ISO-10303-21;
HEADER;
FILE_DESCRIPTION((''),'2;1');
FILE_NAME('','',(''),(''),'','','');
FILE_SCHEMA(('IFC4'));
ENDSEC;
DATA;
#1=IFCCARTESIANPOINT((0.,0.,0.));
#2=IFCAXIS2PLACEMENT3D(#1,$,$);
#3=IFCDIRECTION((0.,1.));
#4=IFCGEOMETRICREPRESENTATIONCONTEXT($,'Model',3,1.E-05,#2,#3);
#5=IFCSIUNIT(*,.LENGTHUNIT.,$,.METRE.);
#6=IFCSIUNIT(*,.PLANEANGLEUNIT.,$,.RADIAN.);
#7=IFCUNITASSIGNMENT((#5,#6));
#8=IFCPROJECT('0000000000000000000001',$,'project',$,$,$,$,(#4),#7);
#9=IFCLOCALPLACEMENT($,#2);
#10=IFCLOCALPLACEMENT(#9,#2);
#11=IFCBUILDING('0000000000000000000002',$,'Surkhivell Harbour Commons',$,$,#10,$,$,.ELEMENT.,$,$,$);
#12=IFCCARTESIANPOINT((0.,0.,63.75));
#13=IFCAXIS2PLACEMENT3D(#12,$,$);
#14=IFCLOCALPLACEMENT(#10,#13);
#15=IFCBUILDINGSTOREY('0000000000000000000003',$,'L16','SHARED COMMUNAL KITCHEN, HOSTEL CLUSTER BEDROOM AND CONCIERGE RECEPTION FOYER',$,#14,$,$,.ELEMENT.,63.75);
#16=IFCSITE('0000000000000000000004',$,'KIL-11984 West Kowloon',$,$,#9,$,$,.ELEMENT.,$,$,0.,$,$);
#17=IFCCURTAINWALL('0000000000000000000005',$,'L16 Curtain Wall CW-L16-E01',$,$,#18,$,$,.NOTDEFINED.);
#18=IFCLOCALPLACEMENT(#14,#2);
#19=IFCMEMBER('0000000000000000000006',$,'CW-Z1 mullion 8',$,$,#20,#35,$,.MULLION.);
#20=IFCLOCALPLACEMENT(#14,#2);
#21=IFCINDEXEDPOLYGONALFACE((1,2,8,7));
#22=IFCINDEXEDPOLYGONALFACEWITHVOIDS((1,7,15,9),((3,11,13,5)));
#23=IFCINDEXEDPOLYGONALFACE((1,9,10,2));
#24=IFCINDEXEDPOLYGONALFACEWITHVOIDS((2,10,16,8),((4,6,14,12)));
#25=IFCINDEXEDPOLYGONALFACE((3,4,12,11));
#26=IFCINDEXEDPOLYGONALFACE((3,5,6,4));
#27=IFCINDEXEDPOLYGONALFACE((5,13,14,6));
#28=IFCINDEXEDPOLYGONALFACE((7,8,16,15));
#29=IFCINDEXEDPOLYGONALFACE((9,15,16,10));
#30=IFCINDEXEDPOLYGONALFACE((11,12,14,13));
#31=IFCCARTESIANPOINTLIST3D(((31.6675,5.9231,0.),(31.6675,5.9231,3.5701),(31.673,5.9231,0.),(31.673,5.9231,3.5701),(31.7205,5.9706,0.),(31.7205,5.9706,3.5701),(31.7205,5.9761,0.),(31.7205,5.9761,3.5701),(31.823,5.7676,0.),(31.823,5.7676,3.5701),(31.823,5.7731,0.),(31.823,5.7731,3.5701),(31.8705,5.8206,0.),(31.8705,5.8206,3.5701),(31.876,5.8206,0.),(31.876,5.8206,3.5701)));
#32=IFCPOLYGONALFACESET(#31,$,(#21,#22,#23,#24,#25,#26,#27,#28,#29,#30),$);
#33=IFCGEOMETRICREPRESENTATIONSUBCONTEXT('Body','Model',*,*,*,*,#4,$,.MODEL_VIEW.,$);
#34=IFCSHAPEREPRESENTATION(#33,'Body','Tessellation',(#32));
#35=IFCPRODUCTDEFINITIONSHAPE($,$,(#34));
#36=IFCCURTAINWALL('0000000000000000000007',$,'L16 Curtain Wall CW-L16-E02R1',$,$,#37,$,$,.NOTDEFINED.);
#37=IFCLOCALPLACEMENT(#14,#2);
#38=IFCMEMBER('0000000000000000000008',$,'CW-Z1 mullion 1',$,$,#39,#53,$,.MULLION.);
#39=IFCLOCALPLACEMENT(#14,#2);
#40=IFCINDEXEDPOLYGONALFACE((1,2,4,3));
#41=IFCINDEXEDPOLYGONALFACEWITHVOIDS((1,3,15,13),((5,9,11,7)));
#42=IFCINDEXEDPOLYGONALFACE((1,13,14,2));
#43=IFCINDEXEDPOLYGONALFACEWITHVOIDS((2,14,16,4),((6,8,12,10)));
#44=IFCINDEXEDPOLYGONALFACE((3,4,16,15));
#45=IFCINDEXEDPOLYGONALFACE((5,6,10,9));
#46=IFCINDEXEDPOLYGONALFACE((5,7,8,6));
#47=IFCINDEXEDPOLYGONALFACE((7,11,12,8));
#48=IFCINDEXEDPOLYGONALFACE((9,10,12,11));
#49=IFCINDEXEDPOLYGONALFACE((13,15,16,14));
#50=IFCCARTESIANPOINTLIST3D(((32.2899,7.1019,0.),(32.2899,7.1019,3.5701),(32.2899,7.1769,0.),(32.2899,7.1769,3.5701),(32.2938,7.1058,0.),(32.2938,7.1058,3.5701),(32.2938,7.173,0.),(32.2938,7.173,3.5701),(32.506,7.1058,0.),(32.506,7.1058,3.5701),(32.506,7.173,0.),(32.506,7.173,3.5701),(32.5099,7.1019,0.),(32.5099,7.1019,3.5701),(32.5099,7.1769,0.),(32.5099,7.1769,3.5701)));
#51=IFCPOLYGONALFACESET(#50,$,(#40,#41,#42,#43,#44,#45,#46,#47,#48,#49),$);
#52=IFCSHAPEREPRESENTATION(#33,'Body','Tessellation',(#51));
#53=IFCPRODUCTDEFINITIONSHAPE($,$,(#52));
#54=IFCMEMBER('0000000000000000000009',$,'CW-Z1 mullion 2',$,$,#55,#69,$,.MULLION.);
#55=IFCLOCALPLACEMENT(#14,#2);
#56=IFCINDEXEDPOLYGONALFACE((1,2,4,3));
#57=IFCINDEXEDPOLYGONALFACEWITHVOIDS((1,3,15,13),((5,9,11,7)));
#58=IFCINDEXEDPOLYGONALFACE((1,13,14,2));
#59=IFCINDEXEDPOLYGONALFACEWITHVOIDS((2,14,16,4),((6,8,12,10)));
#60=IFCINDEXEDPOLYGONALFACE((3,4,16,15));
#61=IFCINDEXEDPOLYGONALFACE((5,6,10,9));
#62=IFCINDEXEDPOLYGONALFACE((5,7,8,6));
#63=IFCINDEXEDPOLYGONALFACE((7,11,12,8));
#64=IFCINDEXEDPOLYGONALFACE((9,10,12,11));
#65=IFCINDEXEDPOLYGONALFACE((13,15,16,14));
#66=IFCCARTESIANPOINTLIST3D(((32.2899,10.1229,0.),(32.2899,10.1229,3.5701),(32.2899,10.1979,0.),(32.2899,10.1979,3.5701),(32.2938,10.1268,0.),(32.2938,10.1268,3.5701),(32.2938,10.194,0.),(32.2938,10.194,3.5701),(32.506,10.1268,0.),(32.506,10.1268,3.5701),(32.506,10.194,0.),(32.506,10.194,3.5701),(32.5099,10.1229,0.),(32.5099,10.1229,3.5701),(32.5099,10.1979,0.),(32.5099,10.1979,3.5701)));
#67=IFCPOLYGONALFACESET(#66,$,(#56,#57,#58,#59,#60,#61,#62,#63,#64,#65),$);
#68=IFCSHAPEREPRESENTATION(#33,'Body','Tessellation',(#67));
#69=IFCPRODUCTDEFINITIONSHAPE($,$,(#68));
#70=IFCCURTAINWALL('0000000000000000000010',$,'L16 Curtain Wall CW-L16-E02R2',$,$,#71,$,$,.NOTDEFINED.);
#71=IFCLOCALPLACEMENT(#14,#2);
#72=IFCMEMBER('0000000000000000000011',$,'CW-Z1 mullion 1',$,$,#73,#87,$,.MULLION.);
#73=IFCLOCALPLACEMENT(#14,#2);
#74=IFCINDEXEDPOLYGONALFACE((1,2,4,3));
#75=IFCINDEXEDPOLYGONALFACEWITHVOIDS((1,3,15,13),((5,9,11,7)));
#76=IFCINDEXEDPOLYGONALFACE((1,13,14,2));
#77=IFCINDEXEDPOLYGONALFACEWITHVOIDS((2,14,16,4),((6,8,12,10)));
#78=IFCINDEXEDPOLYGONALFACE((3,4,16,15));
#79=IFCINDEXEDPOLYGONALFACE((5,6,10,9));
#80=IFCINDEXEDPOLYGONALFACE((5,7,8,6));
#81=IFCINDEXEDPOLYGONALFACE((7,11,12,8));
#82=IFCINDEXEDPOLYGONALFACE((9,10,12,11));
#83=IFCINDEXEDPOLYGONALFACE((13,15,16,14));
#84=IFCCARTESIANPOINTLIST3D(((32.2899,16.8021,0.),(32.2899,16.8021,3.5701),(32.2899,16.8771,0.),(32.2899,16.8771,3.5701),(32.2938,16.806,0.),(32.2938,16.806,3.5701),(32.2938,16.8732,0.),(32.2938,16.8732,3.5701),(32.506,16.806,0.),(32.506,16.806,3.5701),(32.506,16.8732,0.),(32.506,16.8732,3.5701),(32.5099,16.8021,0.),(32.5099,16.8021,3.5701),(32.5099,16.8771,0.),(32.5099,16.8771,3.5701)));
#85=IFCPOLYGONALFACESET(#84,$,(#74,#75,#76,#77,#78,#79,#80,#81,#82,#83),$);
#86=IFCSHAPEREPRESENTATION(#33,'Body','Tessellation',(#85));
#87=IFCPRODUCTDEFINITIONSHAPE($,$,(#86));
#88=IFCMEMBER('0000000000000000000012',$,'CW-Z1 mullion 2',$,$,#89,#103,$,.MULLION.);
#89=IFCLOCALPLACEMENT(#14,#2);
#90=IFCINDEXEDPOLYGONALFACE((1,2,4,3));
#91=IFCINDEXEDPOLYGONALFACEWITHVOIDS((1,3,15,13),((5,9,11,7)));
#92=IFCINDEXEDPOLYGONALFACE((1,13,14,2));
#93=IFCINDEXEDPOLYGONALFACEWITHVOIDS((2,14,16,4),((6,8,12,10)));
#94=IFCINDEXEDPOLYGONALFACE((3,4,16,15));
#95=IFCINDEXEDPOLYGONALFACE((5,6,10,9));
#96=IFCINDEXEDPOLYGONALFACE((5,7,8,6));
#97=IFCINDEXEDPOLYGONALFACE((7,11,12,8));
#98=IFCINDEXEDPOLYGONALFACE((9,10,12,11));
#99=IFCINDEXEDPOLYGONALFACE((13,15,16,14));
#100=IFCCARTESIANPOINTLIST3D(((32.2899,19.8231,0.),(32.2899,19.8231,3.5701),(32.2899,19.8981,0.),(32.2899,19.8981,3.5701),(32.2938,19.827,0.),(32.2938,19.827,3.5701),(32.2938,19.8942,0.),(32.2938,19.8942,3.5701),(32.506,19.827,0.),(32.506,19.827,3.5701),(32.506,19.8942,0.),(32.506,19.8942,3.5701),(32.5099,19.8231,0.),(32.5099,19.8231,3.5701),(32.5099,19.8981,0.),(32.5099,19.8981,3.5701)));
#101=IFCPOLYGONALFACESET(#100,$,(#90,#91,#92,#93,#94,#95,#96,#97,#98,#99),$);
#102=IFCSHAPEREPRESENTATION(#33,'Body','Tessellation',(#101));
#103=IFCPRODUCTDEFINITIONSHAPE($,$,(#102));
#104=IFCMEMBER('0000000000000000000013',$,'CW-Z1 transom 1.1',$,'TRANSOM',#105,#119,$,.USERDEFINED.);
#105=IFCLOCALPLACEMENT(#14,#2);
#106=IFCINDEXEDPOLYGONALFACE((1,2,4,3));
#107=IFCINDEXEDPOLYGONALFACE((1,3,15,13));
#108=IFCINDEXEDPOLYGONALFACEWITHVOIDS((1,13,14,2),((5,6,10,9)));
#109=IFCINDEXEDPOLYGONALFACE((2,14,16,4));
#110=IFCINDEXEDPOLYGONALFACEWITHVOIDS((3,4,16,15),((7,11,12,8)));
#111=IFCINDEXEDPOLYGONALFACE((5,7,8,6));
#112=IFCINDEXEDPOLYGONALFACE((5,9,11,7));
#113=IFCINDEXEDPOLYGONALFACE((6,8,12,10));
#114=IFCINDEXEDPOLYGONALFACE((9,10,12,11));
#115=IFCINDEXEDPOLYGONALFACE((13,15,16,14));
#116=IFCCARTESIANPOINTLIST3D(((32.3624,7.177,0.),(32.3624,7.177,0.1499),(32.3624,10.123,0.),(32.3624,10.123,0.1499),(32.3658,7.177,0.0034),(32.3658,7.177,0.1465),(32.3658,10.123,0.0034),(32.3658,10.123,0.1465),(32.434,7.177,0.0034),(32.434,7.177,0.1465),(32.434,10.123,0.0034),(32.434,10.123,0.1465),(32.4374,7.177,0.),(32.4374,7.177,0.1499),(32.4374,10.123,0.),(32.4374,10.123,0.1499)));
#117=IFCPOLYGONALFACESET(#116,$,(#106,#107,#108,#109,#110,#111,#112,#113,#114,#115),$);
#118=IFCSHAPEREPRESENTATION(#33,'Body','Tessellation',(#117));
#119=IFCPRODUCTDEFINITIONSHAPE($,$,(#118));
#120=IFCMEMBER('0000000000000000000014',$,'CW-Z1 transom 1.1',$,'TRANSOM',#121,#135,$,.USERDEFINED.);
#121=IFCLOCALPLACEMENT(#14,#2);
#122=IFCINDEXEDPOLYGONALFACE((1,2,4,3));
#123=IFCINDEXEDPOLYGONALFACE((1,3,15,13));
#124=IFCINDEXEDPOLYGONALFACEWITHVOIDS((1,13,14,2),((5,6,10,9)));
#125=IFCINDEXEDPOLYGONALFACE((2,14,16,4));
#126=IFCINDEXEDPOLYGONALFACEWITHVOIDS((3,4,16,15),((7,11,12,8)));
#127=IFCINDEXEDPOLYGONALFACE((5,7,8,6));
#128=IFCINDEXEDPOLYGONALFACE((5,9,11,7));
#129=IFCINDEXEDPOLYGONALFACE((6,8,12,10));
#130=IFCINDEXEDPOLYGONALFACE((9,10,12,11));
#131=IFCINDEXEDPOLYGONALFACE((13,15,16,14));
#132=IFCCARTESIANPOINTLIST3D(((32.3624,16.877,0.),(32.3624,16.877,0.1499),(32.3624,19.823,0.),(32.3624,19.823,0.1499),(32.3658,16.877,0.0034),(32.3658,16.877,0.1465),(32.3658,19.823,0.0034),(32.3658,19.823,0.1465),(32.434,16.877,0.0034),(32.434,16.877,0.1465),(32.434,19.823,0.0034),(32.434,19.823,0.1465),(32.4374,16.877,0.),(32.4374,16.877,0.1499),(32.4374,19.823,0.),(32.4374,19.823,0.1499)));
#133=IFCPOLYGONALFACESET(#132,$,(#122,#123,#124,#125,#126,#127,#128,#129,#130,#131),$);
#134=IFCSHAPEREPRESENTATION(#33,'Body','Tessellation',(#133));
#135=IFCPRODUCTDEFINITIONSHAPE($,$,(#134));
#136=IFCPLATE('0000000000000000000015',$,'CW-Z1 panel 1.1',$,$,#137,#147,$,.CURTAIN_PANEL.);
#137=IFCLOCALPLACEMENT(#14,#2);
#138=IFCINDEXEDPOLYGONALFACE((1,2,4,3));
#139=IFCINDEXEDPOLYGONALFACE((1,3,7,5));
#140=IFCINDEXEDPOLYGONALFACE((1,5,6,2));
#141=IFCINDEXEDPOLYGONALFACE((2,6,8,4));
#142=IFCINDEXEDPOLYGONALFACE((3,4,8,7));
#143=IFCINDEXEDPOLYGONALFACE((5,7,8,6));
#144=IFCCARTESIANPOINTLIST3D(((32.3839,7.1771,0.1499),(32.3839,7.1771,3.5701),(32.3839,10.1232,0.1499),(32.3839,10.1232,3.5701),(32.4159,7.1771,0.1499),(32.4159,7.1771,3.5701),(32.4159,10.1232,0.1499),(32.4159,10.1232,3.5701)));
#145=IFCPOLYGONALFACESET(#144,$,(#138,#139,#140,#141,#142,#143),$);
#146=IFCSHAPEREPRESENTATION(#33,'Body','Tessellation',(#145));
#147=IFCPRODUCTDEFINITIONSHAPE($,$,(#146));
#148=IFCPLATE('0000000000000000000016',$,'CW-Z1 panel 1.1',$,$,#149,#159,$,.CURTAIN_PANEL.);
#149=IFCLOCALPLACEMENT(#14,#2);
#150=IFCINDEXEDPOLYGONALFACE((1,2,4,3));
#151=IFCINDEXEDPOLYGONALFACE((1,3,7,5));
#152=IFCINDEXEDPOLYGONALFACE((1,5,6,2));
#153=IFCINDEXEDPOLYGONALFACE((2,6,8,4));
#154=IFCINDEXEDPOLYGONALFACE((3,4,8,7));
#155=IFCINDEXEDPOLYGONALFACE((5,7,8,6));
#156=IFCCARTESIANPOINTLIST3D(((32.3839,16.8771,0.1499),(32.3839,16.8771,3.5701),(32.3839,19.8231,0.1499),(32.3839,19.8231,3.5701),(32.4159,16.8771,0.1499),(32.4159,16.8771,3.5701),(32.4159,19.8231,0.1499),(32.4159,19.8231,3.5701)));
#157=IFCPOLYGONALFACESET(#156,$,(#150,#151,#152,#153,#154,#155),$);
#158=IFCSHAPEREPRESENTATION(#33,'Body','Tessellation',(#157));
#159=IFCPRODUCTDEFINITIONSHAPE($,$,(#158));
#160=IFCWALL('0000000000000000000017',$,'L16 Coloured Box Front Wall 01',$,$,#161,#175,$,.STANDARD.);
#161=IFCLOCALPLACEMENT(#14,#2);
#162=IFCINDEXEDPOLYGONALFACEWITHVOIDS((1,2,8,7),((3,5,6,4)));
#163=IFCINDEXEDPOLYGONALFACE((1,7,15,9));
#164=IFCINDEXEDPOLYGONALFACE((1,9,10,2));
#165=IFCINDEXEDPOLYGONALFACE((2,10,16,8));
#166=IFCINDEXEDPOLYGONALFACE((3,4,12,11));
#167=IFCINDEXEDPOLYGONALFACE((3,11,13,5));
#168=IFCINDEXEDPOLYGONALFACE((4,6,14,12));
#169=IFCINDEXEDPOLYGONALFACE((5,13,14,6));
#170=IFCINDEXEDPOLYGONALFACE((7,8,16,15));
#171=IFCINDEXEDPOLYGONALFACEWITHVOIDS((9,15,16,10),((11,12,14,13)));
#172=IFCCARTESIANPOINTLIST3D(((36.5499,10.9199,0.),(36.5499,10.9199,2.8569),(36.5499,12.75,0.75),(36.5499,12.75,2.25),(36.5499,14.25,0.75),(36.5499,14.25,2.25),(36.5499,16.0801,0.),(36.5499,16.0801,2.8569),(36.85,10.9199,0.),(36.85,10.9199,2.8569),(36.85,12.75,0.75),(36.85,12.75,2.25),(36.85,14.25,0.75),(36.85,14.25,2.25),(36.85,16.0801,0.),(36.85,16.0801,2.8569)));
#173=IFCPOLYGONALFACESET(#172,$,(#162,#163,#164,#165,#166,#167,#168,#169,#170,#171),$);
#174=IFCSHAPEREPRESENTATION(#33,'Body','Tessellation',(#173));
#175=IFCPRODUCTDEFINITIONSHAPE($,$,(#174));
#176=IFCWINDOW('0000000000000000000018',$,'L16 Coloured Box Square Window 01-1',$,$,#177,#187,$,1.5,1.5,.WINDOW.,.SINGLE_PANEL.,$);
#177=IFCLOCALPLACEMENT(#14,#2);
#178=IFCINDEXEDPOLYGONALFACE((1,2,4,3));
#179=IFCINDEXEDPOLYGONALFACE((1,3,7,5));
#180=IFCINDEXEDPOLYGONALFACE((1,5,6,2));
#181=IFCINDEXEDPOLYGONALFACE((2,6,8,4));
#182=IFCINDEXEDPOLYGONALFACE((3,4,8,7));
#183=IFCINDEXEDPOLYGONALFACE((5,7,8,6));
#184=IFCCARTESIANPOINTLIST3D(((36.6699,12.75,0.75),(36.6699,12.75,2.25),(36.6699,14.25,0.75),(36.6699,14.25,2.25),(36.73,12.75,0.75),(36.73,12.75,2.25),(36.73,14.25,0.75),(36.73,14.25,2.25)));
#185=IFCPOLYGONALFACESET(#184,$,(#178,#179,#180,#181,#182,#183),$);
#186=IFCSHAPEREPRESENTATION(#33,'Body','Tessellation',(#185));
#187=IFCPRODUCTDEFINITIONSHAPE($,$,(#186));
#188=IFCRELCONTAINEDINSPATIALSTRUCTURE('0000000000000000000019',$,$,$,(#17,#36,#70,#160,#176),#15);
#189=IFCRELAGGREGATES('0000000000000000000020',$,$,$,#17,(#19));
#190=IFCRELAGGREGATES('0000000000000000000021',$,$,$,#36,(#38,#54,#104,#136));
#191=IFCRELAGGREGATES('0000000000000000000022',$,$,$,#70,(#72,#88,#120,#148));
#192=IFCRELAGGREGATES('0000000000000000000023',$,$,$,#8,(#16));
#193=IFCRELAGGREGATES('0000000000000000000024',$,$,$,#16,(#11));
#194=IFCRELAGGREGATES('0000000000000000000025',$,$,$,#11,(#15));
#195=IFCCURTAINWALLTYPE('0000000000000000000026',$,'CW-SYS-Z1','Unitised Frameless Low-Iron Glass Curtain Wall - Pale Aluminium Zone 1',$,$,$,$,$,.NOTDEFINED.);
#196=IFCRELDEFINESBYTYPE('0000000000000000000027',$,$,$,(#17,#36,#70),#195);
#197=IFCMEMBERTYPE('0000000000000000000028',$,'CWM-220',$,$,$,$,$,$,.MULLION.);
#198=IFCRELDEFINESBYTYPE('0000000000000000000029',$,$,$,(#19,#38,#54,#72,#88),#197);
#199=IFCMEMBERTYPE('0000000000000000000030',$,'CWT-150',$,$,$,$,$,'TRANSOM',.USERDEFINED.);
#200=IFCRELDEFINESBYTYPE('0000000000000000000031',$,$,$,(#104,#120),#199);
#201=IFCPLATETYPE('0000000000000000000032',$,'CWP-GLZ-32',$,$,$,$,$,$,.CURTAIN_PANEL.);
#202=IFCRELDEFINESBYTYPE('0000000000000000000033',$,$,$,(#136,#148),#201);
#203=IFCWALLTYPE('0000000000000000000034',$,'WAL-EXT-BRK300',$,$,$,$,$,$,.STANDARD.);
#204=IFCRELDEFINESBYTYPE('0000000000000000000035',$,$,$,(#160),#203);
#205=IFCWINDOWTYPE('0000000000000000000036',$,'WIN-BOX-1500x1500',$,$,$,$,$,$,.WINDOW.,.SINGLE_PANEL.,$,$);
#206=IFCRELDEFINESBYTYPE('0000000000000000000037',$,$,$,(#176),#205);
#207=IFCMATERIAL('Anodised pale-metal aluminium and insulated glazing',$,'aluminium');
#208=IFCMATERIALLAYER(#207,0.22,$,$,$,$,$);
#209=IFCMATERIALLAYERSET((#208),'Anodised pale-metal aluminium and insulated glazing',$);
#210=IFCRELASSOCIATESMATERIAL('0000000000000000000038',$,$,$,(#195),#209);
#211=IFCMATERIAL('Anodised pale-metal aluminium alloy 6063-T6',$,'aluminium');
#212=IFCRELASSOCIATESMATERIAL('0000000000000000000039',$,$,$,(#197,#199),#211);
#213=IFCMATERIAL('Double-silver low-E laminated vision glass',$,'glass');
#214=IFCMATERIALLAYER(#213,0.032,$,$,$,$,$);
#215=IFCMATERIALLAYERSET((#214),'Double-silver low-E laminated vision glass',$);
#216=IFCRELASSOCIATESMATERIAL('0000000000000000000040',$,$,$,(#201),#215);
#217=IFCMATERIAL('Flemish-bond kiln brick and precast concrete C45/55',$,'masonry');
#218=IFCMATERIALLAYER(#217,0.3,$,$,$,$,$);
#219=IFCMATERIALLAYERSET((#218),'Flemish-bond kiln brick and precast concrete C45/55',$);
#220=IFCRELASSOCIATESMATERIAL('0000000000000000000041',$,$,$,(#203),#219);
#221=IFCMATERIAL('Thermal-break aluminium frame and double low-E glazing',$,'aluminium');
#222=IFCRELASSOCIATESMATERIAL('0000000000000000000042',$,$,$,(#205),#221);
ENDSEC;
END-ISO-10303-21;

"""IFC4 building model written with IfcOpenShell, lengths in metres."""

from ifc_helpers import new_model, si_unit, direction, frame, frame_2d, origin, origin_2d, place, context, subcontext, project, spatial, rectangle, hollow_rectangle, extrude, material, layer, layer_set, material_profile, profile_set, type_object, element, fill, aggregate, save


model = new_model("IFC4")

# Units and contexts
model_context = context("Model", 3, precision=1e-05, world=origin(), true_north=direction((0.0, 1.0)))
body_context = subcontext(model_context, "Body", "Model", "MODEL_VIEW")
ifc_project = project(units=[si_unit("LENGTHUNIT", "METRE"), si_unit("PLANEANGLEUNIT", "RADIAN")], contexts=[model_context])

# Site, building, storey
site_placement = place(None, origin())
site = spatial("IfcSite", under=ifc_project, at=site_placement, Name="KIL-11984 West Kowloon", CompositionType="ELEMENT", RefElevation=0.0)
building_placement = place(site_placement, origin())
building = spatial("IfcBuilding", under=site, at=building_placement, Name="Surkhivell Harbour Commons", CompositionType="ELEMENT")
storey_placement = place(building_placement, frame((0.0, 0.0, 63.75)))
storey = spatial("IfcBuildingStorey", under=building, at=storey_placement, Name="L16", Description="SHARED COMMUNAL KITCHEN, HOSTEL CLUSTER BEDROOM AND CONCIERGE RECEPTION FOYER", CompositionType="ELEMENT", Elevation=63.75)

# Curtain wall, member
ifc_material_1 = material(Name="Anodised pale-metal aluminium and insulated glazing", Category="aluminium")
ifc_layer_1 = layer(ifc_material_1, 0.22)
ifc_layer_set_1 = layer_set([ifc_layer_1], Name="Anodised pale-metal aluminium and insulated glazing")
curtain_wall_type = type_object("IfcCurtainWallType", Name="CW-SYS-Z1", Description="Unitised Frameless Low-Iron Glass Curtain Wall - Pale Aluminium Zone 1", PredefinedType="NOTDEFINED", material=ifc_layer_set_1)
curtain_wall_1_placement = place(storey_placement, origin())
curtain_wall_1 = element("IfcCurtainWall", 1, at=curtain_wall_1_placement, inside=storey, type_object=curtain_wall_type, Name="L16 Curtain Wall CW-L16-E01", PredefinedType="NOTDEFINED")
ifc_material_2 = material(Name="Anodised pale-metal aluminium alloy 6063-T6", Category="aluminium")
ifc_material_profile_1 = material_profile(ifc_material_2, hollow_rectangle(XDim=0.075, YDim=0.22, WallThickness=0.0039, at=origin_2d()), Name="ALU-MULL-75x220")
ifc_profile_set_1 = profile_set([ifc_material_profile_1], Name="Anodised pale-metal aluminium alloy 6063-T6")
member_type_1 = type_object("IfcMemberType", Name="CWM-220", PredefinedType="MULLION", material=ifc_profile_set_1)
member_1_placement = place(storey_placement, frame((31.7717, 5.8718, 0.0), z_axis=(0.0, 0.0, 1.0), x_axis=(0.707107, 0.707107, 0.0)))
member_1 = element("IfcMember", 2, at=member_1_placement, type_object=member_type_1, Name="CW-Z1 mullion 8", PredefinedType="MULLION", context=body_context, shape_type="SweptSolid", body=[
    extrude(hollow_rectangle(XDim=0.075, YDim=0.22, WallThickness=0.0039, at=origin_2d()), origin(), (0.0, 0.0, 1.0), 3.5701),
])
aggregate(curtain_wall_1, [member_1])

# Curtain walls, members
curtain_wall_2_placement = place(storey_placement, origin())
curtain_wall_2 = element("IfcCurtainWall", 3, at=curtain_wall_2_placement, inside=storey, type_object=curtain_wall_type, Name="L16 Curtain Wall CW-L16-E02R1", PredefinedType="NOTDEFINED")
member_2_placement = place(storey_placement, frame((32.3999, 7.1394, 0.0), z_axis=(0.0, 0.0, 1.0), x_axis=(0.0, 1.0, 0.0)))
member_2 = element("IfcMember", 4, at=member_2_placement, type_object=member_type_1, Name="CW-Z1 mullion 1", PredefinedType="MULLION", context=body_context, shape_type="SweptSolid", body=[
    extrude(hollow_rectangle(XDim=0.075, YDim=0.22, WallThickness=0.0039, at=origin_2d()), origin(), (0.0, 0.0, 1.0), 3.5701),
])
member_3_placement = place(storey_placement, frame((32.3999, 10.1604, 0.0), z_axis=(0.0, 0.0, 1.0), x_axis=(0.0, 1.0, 0.0)))
member_3 = element("IfcMember", 5, at=member_3_placement, type_object=member_type_1, Name="CW-Z1 mullion 2", PredefinedType="MULLION", context=body_context, shape_type="SweptSolid", body=[
    extrude(hollow_rectangle(XDim=0.075, YDim=0.22, WallThickness=0.0039, at=origin_2d()), origin(), (0.0, 0.0, 1.0), 3.5701),
])
curtain_wall_3_placement = place(storey_placement, origin())
curtain_wall_3 = element("IfcCurtainWall", 6, at=curtain_wall_3_placement, inside=storey, type_object=curtain_wall_type, Name="L16 Curtain Wall CW-L16-E02R2", PredefinedType="NOTDEFINED")
member_4_placement = place(storey_placement, frame((32.3999, 16.8396, 0.0), z_axis=(0.0, 0.0, 1.0), x_axis=(0.0, 1.0, 0.0)))
member_4 = element("IfcMember", 7, at=member_4_placement, type_object=member_type_1, Name="CW-Z1 mullion 1", PredefinedType="MULLION", context=body_context, shape_type="SweptSolid", body=[
    extrude(hollow_rectangle(XDim=0.075, YDim=0.22, WallThickness=0.0039, at=origin_2d()), origin(), (0.0, 0.0, 1.0), 3.5701),
])
member_5_placement = place(storey_placement, frame((32.3999, 19.8606, 0.0), z_axis=(0.0, 0.0, 1.0), x_axis=(0.0, 1.0, 0.0)))
member_5 = element("IfcMember", 8, at=member_5_placement, type_object=member_type_1, Name="CW-Z1 mullion 2", PredefinedType="MULLION", context=body_context, shape_type="SweptSolid", body=[
    extrude(hollow_rectangle(XDim=0.075, YDim=0.22, WallThickness=0.0039, at=origin_2d()), origin(), (0.0, 0.0, 1.0), 3.5701),
])

# Members
ifc_material_profile_2 = material_profile(ifc_material_2, hollow_rectangle(XDim=0.075, YDim=0.1499, WallThickness=0.0034, at=origin_2d()), Name="ALU-TRAN-75x150")
ifc_profile_set_2 = profile_set([ifc_material_profile_2], Name="Anodised pale-metal aluminium alloy 6063-T6")
member_type_2 = type_object("IfcMemberType", Name="CWT-150", ElementType="TRANSOM", PredefinedType="USERDEFINED", material=ifc_profile_set_2)
member_6_placement = place(storey_placement, frame((32.3999, 7.177, 0.075), z_axis=(0.0, 1.0, 0.0), x_axis=(-1.0, 0.0, 0.0)))
member_6 = element("IfcMember", 9, at=member_6_placement, type_object=member_type_2, Name="CW-Z1 transom 1.1", ObjectType="TRANSOM", PredefinedType="USERDEFINED", context=body_context, shape_type="SweptSolid", body=[
    extrude(hollow_rectangle(XDim=0.075, YDim=0.1499, WallThickness=0.0034, at=origin_2d()), origin(), (0.0, 0.0, 1.0), 2.946),
])
member_7_placement = place(storey_placement, frame((32.3999, 16.877, 0.075), z_axis=(0.0, 1.0, 0.0), x_axis=(-1.0, 0.0, 0.0)))
member_7 = element("IfcMember", 10, at=member_7_placement, type_object=member_type_2, Name="CW-Z1 transom 1.1", ObjectType="TRANSOM", PredefinedType="USERDEFINED", context=body_context, shape_type="SweptSolid", body=[
    extrude(hollow_rectangle(XDim=0.075, YDim=0.1499, WallThickness=0.0034, at=origin_2d()), origin(), (0.0, 0.0, 1.0), 2.946),
])

# Plates
ifc_material_3 = material(Name="Double-silver low-E laminated vision glass", Category="glass")
ifc_layer_2 = layer(ifc_material_3, 0.032)
ifc_layer_set_2 = layer_set([ifc_layer_2], Name="Double-silver low-E laminated vision glass")
plate_type = type_object("IfcPlateType", Name="CWP-GLZ-32", PredefinedType="CURTAIN_PANEL", material=ifc_layer_set_2)
plate_1_placement = place(storey_placement, frame((32.3999, 7.177, 0.1499), z_axis=(0.0, 0.0, 1.0), x_axis=(0.0, 1.0, 0.0)))
plate_1 = element("IfcPlate", 11, at=plate_1_placement, type_object=plate_type, Name="CW-Z1 panel 1.1", PredefinedType="CURTAIN_PANEL", context=body_context, shape_type="SweptSolid", body=[
    extrude(rectangle(XDim=2.946, YDim=0.032, at=frame_2d((1.4731, 0.0))), origin(), (0.0, 0.0, 1.0), 3.4202),
])
aggregate(curtain_wall_2, [member_2, member_3, member_6, plate_1])
plate_2_placement = place(storey_placement, frame((32.3999, 16.877, 0.1499), z_axis=(0.0, 0.0, 1.0), x_axis=(0.0, 1.0, 0.0)))
plate_2 = element("IfcPlate", 12, at=plate_2_placement, type_object=plate_type, Name="CW-Z1 panel 1.1", PredefinedType="CURTAIN_PANEL", context=body_context, shape_type="SweptSolid", body=[
    extrude(rectangle(XDim=2.946, YDim=0.032, at=frame_2d((1.4731, 0.0))), origin(), (0.0, 0.0, 1.0), 3.4202),
])
aggregate(curtain_wall_3, [member_4, member_5, member_7, plate_2])

# Wall, opening, window
ifc_material_4 = material(Name="Flemish-bond kiln brick and precast concrete C45/55", Category="masonry")
ifc_layer_3 = layer(ifc_material_4, 0.3)
ifc_layer_set_3 = layer_set([ifc_layer_3], Name="Flemish-bond kiln brick and precast concrete C45/55")
wall_type_1 = type_object("IfcWallType", Name="WAL-EXT-BRK300", PredefinedType="STANDARD", material=ifc_layer_set_3)
wall_1_placement = place(storey_placement, frame((36.7, 10.9199, 0.0), z_axis=(0.0, 0.0, 1.0), x_axis=(0.0, 1.0, 0.0)))
wall_1 = element("IfcWall", 13, at=wall_1_placement, inside=storey, type_object=wall_type_1, Name="L16 Coloured Box Front Wall 01", PredefinedType="STANDARD", context=body_context, shape_type="SweptSolid", body=[
    extrude(rectangle(XDim=5.1602, YDim=0.3, at=frame_2d((2.5801, 0.0))), origin(), (0.0, 0.0, 1.0), 2.8569),
])
opening_1_placement = place(wall_1_placement, frame((1.8301, 0.0, 0.75)))
opening_1 = element("IfcOpeningElement", 14, at=opening_1_placement, cuts=wall_1, PredefinedType="OPENING", context=body_context, shape_type="SweptSolid", body=[
    extrude(rectangle(XDim=1.5, YDim=1.5, at=frame_2d((0.75, 0.75))), frame((0.0, 0.1599, 0.0), z_axis=(0.0, -1.0, 0.0), x_axis=(1.0, 0.0, 0.0)), (0.0, 0.0, 1.0), 0.3201),
])
ifc_material_5 = material(Name="Thermal-break aluminium frame and double low-E glazing", Category="aluminium")
window_type_1 = type_object("IfcWindowType", Name="WIN-BOX-1500x1500", PartitioningType="SINGLE_PANEL", PredefinedType="WINDOW", material=ifc_material_5)
window_1_placement = place(opening_1_placement, origin())
window_1 = element("IfcWindow", 15, at=window_1_placement, inside=storey, type_object=window_type_1, Name="L16 Coloured Box Square Window 01-1", OverallHeight=1.5, OverallWidth=1.5, PartitioningType="SINGLE_PANEL", PredefinedType="WINDOW", context=body_context, shape_type="SweptSolid", body=[
    extrude(rectangle(XDim=1.5, YDim=1.5, at=frame_2d((0.75, 0.75))), frame((0.0, 0.03, 0.0), z_axis=(0.0, -1.0, 0.0), x_axis=(1.0, 0.0, 0.0)), (0.0, 0.0, 1.0), 0.0601),
])
fill(opening_1, window_1)

save(model, "model.ifc")
